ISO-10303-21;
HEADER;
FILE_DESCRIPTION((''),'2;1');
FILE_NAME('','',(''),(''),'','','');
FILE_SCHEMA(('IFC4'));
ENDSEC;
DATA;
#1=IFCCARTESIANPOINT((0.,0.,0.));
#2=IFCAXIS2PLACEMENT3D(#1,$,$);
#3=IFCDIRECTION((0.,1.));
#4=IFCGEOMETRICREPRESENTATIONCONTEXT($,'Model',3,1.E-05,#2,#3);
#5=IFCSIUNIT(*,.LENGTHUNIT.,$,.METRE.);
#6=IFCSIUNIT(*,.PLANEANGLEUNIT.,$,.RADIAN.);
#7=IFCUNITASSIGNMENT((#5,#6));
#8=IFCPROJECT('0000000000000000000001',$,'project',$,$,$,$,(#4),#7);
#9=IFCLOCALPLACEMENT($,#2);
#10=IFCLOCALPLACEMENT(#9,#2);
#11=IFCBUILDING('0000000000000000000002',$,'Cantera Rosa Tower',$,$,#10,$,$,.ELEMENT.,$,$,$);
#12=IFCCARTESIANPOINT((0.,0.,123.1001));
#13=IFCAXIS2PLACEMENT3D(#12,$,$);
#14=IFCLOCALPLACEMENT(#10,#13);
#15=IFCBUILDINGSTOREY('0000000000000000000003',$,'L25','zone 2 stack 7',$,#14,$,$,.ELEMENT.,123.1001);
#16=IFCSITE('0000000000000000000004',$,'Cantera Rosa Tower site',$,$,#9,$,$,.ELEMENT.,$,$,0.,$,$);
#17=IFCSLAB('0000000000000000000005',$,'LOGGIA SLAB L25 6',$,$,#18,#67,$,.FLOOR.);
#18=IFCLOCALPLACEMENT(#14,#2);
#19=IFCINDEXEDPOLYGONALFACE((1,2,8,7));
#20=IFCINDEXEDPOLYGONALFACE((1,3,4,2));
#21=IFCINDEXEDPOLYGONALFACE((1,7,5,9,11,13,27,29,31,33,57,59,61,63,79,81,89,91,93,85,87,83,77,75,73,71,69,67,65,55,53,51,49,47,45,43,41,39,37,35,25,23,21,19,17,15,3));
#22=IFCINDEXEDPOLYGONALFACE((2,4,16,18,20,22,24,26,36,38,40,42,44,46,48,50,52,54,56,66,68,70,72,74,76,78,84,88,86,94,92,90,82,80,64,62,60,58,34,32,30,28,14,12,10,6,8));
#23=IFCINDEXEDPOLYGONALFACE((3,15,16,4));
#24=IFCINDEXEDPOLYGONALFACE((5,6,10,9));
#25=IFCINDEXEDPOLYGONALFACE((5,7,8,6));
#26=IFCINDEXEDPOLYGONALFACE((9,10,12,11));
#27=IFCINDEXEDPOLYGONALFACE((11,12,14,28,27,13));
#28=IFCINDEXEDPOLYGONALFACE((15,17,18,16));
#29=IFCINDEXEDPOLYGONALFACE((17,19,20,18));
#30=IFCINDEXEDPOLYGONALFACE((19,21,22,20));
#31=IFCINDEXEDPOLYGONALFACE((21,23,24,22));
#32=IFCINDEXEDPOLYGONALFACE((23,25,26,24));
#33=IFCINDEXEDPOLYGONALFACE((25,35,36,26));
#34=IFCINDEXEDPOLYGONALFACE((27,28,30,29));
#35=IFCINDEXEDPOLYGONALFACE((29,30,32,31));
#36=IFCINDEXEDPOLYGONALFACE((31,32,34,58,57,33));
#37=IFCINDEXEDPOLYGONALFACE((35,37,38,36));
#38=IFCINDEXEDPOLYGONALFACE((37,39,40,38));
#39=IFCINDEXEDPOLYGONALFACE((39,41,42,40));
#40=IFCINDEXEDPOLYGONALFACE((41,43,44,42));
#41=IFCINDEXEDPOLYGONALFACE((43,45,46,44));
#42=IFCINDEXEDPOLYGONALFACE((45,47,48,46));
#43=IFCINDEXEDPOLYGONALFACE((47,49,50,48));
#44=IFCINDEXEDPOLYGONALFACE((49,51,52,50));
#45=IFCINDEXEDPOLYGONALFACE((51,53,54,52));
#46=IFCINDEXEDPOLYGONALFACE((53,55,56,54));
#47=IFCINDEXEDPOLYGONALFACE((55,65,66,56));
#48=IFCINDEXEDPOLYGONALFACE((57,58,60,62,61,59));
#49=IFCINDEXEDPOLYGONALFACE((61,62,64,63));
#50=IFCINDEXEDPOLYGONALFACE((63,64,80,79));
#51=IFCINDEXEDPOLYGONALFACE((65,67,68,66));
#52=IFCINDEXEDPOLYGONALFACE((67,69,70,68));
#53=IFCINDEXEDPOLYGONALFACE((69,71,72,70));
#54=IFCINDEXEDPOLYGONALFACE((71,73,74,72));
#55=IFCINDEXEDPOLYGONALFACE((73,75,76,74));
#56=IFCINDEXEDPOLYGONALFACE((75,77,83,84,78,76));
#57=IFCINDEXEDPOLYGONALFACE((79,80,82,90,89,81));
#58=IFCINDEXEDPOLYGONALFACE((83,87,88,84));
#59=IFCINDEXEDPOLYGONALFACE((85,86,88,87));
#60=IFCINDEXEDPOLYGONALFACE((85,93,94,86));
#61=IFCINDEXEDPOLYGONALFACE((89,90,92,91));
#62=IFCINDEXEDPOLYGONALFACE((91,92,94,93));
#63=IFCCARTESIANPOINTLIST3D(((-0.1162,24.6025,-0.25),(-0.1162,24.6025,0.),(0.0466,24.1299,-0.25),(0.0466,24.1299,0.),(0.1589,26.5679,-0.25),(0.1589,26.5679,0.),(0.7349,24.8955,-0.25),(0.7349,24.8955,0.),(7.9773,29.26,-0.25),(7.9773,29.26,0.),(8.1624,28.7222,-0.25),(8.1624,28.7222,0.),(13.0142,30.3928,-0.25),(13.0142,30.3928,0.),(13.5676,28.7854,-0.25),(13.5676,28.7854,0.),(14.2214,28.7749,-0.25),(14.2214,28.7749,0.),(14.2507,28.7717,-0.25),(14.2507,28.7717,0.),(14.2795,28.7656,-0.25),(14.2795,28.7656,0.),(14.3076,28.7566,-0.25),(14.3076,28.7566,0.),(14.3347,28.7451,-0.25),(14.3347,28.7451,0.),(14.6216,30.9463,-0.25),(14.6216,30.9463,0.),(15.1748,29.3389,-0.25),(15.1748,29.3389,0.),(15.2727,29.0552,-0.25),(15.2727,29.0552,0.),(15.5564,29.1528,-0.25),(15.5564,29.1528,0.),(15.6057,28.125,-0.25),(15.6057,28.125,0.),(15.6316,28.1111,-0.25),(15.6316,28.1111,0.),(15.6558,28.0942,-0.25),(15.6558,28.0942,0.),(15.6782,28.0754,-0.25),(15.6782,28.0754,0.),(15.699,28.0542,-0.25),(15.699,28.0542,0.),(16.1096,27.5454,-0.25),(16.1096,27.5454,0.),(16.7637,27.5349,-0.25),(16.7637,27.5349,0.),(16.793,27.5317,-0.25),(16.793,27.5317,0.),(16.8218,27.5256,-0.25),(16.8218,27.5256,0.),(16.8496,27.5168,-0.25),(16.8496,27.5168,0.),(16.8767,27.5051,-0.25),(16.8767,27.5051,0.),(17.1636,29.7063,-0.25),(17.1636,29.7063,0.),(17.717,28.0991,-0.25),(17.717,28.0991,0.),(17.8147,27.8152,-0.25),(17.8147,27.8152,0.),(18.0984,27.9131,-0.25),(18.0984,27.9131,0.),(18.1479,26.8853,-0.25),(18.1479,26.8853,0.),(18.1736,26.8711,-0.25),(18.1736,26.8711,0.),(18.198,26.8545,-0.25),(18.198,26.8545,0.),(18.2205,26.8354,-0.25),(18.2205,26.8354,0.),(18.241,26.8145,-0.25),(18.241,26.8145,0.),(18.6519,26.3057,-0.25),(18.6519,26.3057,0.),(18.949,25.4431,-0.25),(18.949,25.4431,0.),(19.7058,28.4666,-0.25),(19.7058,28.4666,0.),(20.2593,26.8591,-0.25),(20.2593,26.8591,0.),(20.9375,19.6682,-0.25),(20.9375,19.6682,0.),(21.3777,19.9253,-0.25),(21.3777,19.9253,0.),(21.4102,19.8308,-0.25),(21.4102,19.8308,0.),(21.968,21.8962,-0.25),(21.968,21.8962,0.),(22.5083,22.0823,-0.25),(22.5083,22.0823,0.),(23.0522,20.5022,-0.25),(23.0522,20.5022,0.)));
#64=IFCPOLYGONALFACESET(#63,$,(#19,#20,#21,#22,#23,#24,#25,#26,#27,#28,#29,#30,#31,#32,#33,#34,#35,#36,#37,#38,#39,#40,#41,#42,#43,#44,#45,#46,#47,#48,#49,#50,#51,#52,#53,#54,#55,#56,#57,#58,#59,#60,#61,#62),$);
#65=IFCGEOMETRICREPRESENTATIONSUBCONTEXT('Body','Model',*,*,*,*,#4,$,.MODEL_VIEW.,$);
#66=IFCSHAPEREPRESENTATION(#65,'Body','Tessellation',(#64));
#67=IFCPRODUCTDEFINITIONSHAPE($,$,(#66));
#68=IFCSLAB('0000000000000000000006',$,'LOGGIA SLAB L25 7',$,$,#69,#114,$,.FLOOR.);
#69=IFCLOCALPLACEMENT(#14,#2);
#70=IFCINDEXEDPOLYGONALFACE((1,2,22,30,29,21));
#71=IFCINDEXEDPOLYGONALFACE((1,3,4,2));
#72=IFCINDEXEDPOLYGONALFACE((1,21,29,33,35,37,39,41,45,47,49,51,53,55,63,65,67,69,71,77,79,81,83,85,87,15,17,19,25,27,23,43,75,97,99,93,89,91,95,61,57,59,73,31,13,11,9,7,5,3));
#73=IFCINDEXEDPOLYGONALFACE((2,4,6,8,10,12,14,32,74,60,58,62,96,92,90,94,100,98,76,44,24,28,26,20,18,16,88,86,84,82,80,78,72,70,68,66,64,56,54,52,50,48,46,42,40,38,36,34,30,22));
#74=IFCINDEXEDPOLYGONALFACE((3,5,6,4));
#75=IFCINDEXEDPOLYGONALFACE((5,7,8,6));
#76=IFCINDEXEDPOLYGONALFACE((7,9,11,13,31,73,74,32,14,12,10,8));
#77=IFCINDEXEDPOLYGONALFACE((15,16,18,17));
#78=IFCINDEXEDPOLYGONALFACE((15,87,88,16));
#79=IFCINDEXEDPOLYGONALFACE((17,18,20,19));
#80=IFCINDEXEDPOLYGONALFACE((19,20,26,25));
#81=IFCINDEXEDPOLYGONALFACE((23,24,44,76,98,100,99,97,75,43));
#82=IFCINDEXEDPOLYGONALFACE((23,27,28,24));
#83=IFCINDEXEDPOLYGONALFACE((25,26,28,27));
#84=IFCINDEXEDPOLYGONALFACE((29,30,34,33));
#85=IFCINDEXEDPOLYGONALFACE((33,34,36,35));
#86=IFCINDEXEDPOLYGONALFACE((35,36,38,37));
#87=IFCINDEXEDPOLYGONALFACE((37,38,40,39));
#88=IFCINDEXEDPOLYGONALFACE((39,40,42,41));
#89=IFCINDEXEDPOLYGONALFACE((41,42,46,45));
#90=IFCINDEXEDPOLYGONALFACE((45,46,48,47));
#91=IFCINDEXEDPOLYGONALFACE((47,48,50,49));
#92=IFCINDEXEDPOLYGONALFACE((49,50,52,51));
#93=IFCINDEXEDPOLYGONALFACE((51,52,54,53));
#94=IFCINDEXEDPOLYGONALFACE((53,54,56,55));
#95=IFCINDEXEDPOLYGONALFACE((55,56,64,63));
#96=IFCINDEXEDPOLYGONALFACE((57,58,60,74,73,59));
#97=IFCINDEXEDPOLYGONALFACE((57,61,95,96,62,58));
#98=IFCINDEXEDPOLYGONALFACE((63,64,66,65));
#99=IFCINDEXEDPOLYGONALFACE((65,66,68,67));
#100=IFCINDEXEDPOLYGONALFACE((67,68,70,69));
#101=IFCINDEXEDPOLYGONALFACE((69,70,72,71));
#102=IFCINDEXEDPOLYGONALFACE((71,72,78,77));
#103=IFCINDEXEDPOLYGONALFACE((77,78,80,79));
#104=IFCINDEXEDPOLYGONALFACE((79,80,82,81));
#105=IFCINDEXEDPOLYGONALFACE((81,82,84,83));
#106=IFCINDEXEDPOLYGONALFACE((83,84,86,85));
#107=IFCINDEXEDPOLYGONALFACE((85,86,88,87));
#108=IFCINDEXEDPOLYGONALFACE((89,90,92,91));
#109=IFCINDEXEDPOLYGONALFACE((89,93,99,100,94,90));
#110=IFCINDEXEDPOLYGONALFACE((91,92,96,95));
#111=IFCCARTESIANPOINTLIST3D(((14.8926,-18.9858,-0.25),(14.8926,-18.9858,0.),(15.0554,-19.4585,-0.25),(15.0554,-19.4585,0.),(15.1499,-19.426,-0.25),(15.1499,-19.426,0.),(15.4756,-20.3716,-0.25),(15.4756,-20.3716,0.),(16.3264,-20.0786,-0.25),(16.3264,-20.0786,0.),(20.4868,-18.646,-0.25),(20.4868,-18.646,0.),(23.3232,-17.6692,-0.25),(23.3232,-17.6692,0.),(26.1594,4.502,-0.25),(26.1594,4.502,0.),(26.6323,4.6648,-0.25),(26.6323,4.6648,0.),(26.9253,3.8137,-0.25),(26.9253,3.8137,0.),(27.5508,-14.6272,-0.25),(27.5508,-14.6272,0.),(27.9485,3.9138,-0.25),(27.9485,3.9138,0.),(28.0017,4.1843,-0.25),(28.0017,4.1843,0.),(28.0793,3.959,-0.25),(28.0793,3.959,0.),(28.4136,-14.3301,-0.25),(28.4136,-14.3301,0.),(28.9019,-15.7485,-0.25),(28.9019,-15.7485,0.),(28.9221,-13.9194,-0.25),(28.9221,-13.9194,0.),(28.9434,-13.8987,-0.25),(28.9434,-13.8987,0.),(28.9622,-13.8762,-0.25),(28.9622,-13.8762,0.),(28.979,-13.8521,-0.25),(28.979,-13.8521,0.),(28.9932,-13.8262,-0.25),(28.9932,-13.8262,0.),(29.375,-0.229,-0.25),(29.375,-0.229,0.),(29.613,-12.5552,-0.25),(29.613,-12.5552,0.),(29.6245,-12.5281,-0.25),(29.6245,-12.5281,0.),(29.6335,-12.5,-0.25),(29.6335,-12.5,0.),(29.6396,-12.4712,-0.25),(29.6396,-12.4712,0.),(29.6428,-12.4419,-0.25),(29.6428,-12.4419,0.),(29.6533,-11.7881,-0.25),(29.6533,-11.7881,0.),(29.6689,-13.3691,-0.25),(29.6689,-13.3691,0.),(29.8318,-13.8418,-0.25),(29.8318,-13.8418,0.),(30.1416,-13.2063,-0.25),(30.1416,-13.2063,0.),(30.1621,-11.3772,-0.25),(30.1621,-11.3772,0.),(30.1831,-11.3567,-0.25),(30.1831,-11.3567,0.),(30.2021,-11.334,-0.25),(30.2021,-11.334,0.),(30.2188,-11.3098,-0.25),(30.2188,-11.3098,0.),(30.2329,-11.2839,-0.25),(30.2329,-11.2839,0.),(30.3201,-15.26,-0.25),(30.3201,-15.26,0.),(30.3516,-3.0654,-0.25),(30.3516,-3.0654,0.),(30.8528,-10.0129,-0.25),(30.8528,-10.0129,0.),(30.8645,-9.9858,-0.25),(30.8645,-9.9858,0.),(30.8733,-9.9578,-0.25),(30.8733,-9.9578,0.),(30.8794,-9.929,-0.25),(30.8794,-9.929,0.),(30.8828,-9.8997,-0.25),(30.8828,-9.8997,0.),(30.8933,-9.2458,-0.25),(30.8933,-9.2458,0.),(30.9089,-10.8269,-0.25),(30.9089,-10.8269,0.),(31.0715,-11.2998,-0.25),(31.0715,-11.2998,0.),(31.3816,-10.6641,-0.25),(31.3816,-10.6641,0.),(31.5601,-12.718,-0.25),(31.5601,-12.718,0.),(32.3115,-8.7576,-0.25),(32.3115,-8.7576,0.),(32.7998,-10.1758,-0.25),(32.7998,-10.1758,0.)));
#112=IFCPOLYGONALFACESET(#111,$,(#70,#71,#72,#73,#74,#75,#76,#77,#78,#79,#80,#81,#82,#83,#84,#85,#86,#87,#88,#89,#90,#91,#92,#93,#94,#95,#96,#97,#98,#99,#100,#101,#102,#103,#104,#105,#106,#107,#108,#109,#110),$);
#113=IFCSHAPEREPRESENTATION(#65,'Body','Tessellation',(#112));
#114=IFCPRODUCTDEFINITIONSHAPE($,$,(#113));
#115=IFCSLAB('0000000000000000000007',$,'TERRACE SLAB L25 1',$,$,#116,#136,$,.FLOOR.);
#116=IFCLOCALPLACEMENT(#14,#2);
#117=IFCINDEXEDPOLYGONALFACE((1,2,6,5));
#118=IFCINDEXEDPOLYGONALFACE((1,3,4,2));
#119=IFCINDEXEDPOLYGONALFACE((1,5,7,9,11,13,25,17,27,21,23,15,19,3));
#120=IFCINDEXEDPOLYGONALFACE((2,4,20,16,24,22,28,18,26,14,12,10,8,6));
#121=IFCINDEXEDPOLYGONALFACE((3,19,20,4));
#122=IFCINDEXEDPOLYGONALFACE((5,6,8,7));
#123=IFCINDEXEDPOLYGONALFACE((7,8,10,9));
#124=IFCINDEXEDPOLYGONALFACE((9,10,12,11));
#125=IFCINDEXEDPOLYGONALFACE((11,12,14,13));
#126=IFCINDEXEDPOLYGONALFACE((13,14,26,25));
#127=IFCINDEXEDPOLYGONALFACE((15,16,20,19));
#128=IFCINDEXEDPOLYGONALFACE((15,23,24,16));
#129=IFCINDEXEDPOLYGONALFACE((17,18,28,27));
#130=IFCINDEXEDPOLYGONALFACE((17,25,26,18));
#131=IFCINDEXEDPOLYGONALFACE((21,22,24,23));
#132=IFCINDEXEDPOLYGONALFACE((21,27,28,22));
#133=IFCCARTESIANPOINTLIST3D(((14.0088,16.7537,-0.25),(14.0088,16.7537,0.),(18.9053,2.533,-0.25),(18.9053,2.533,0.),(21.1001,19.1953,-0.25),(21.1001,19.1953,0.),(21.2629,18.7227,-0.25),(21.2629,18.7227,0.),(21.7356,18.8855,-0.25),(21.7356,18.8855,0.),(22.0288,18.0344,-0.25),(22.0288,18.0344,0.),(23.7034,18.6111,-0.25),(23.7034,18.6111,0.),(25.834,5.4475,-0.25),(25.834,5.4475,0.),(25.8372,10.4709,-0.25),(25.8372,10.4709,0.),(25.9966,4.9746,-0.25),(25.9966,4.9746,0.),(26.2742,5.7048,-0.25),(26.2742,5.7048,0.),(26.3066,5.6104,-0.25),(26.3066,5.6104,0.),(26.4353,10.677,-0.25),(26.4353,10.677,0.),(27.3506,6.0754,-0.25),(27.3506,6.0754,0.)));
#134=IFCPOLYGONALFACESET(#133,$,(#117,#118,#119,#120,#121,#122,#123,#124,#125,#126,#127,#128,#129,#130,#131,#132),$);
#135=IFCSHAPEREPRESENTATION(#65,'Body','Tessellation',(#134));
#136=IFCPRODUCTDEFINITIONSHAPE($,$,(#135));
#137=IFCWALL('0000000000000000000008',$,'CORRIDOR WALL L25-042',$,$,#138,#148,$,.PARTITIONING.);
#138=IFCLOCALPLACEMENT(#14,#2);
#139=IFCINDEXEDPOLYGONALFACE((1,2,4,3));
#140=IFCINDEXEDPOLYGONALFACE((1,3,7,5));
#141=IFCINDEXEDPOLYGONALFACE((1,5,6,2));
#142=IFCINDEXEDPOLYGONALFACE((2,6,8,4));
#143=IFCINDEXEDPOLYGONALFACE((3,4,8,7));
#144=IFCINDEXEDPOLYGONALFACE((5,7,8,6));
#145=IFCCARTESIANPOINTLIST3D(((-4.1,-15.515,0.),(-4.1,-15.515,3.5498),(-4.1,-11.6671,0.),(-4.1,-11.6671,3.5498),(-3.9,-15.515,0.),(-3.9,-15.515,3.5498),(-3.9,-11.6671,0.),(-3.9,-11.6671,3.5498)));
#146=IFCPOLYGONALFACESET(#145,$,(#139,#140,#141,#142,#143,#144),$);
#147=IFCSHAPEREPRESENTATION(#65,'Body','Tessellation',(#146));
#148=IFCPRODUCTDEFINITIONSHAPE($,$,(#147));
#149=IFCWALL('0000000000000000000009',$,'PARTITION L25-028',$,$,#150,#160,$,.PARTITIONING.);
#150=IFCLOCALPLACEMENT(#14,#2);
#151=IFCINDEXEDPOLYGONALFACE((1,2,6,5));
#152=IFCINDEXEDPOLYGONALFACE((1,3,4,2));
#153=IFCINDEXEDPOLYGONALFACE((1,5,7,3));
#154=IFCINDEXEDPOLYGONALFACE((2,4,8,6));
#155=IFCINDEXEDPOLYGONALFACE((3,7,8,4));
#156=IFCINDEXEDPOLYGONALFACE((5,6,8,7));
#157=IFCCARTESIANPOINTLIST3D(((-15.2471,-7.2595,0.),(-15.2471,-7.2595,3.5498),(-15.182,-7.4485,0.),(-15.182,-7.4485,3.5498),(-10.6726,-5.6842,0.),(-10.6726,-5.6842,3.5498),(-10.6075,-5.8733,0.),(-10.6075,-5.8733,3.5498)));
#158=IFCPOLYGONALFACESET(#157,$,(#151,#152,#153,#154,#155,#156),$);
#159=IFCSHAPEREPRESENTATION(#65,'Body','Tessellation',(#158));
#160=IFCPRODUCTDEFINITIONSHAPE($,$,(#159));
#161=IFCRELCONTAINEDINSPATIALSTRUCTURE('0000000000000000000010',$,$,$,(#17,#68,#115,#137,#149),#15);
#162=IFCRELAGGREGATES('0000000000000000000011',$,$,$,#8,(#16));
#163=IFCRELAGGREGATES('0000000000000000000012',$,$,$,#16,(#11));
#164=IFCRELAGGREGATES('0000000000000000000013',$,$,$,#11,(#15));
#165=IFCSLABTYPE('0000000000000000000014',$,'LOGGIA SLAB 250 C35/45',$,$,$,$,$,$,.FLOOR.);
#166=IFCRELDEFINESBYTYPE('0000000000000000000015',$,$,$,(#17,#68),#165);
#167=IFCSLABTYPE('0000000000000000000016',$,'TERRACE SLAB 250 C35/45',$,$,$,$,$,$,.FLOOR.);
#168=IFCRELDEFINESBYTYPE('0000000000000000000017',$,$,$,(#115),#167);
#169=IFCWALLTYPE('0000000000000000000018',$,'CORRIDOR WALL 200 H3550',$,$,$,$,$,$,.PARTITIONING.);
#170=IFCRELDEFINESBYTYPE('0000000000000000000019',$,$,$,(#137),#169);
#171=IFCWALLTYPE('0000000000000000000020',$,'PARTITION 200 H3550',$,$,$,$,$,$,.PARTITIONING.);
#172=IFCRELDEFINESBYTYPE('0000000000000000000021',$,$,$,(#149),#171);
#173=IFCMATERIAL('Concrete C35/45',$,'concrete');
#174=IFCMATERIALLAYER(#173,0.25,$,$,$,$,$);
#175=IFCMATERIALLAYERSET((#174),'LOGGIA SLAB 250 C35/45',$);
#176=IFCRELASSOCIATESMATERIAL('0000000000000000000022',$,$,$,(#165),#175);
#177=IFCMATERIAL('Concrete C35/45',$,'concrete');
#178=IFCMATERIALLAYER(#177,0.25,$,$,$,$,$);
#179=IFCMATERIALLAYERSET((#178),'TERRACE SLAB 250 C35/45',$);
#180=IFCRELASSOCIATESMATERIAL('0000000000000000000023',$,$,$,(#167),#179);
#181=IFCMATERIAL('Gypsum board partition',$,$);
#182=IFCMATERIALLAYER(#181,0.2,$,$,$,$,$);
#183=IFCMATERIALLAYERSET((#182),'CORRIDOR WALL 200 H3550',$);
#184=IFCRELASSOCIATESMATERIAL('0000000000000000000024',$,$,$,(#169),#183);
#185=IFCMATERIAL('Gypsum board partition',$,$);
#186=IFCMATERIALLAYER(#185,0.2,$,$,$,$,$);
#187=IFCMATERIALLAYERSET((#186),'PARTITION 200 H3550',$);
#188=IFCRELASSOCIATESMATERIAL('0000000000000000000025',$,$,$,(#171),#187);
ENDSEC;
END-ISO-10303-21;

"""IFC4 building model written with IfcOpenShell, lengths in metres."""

from ifc_helpers import new_model, si_unit, direction, frame, frame_2d, origin, place, context, subcontext, project, spatial, polyline, rectangle, outline, extrude, material, layer, layer_set, type_object, element, save


model = new_model("IFC4")

# Units and contexts
model_context = context("Model", 3, precision=1e-05, world=origin(), true_north=direction((0.0, 1.0)))
body_context = subcontext(model_context, "Body", "Model", "MODEL_VIEW")
ifc_project = project(units=[si_unit("LENGTHUNIT", "METRE"), si_unit("PLANEANGLEUNIT", "RADIAN")], contexts=[model_context])

# Site, building, storey
site_placement = place(None, origin())
site = spatial("IfcSite", under=ifc_project, at=site_placement, Name="Cantera Rosa Tower site", CompositionType="ELEMENT", RefElevation=0.0)
building_placement = place(site_placement, origin())
building = spatial("IfcBuilding", under=site, at=building_placement, Name="Cantera Rosa Tower", CompositionType="ELEMENT")
storey_placement = place(building_placement, frame((0.0, 0.0, 123.1001)))
storey = spatial("IfcBuildingStorey", under=building, at=storey_placement, Name="L25", Description="zone 2 stack 7", CompositionType="ELEMENT", Elevation=123.1001)

# Slabs
ifc_material_1 = material(Name="Concrete C35/45", Category="concrete")
ifc_layer_1 = layer(ifc_material_1, 0.25)
ifc_layer_set_1 = layer_set([ifc_layer_1], Name="LOGGIA SLAB 250 C35/45")
slab_type_1 = type_object("IfcSlabType", Name="LOGGIA SLAB 250 C35/45", PredefinedType="FLOOR", material=ifc_layer_set_1)
slab_1_placement = place(storey_placement, frame((0.0, 0.0, -0.25)))
element("IfcSlab", 1, at=slab_1_placement, inside=storey, type_object=slab_type_1, Name="LOGGIA SLAB L25 6", PredefinedType="FLOOR", context=body_context, shape_type="SweptSolid", body=[
    extrude(outline(polyline([(15.2727, 29.0552), (15.5564, 29.1528), (17.1636, 29.7063), (17.717, 28.0991), (17.8147, 27.8152), (18.0984, 27.9131), (19.7058, 28.4666), (20.2593, 26.8591), (21.968, 21.8962), (22.5083, 22.0823), (23.0522, 20.5022), (21.3777, 19.9253), (21.4102, 19.8308), (20.9375, 19.6682), (18.949, 25.4431), (18.6519, 26.3057), (18.241, 26.8145), (18.2205, 26.8354), (18.198, 26.8545), (18.1736, 26.8711), (18.1479, 26.8853), (16.8767, 27.5051), (16.8496, 27.5168), (16.8218, 27.5256), (16.793, 27.5317), (16.7637, 27.5349), (16.1096, 27.5454), (15.699, 28.0542), (15.6782, 28.0754), (15.6558, 28.0942), (15.6316, 28.1111), (15.6057, 28.125), (14.3347, 28.7451), (14.3076, 28.7566), (14.2795, 28.7656), (14.2507, 28.7717), (14.2214, 28.7749), (13.5676, 28.7854), (0.0466, 24.1299), (-0.1162, 24.6025), (0.7349, 24.8955), (0.1589, 26.5679), (7.9773, 29.26), (8.1624, 28.7222), (13.0142, 30.3928), (14.6216, 30.9463), (15.1748, 29.3389), (15.2727, 29.0552)])), origin(), (0.0, 0.0, 1.0), 0.25),
])
slab_2_placement = place(storey_placement, frame((0.0, 0.0, -0.25)))
element("IfcSlab", 2, at=slab_2_placement, inside=storey, type_object=slab_type_1, Name="LOGGIA SLAB L25 7", PredefinedType="FLOOR", context=body_context, shape_type="SweptSolid", body=[
    extrude(outline(polyline([(32.7998, -10.1758), (31.3816, -10.6641), (30.9089, -10.8269), (31.0715, -11.2998), (31.5601, -12.718), (30.1416, -13.2063), (29.6689, -13.3691), (29.8318, -13.8418), (30.3201, -15.26), (28.9019, -15.7485), (23.3232, -17.6692), (20.4868, -18.646), (16.3264, -20.0786), (15.4756, -20.3716), (15.1499, -19.426), (15.0554, -19.4585), (14.8926, -18.9858), (27.5508, -14.6272), (28.4136, -14.3301), (28.9221, -13.9194), (28.9434, -13.8987), (28.9622, -13.8762), (28.979, -13.8521), (28.9932, -13.8262), (29.613, -12.5552), (29.6245, -12.5281), (29.6335, -12.5), (29.6396, -12.4712), (29.6428, -12.4419), (29.6533, -11.7881), (30.1621, -11.3772), (30.1831, -11.3567), (30.2021, -11.334), (30.2188, -11.3098), (30.2329, -11.2839), (30.8528, -10.0129), (30.8645, -9.9858), (30.8733, -9.9578), (30.8794, -9.929), (30.8828, -9.8997), (30.8933, -9.2458), (26.1594, 4.502), (26.6323, 4.6648), (26.9253, 3.8137), (28.0017, 4.1843), (28.0793, 3.959), (27.9485, 3.9138), (29.375, -0.229), (30.3516, -3.0654), (32.3115, -8.7576), (32.7998, -10.1758)])), origin(), (0.0, 0.0, 1.0), 0.25),
])
ifc_material_2 = material(Name="Concrete C35/45", Category="concrete")
ifc_layer_2 = layer(ifc_material_2, 0.25)
ifc_layer_set_2 = layer_set([ifc_layer_2], Name="TERRACE SLAB 250 C35/45")
slab_type_2 = type_object("IfcSlabType", Name="TERRACE SLAB 250 C35/45", PredefinedType="FLOOR", material=ifc_layer_set_2)
slab_3_placement = place(storey_placement, frame((0.0, 0.0, -0.25)))
element("IfcSlab", 3, at=slab_3_placement, inside=storey, type_object=slab_type_2, Name="TERRACE SLAB L25 1", PredefinedType="FLOOR", context=body_context, shape_type="SweptSolid", body=[
    extrude(outline(polyline([(21.2629, 18.7227), (21.7356, 18.8855), (22.0288, 18.0344), (23.7034, 18.6111), (26.4353, 10.677), (25.8372, 10.4709), (27.3506, 6.0754), (26.2742, 5.7048), (26.3066, 5.6104), (25.834, 5.4475), (25.9966, 4.9746), (18.9053, 2.533), (14.0088, 16.7537), (21.1001, 19.1953), (21.2629, 18.7227)])), origin(), (0.0, 0.0, 1.0), 0.25),
])

# Walls
ifc_material_3 = material(Name="Gypsum board partition")
ifc_layer_3 = layer(ifc_material_3, 0.2)
ifc_layer_set_3 = layer_set([ifc_layer_3], Name="CORRIDOR WALL 200 H3550")
wall_type_1 = type_object("IfcWallType", Name="CORRIDOR WALL 200 H3550", PredefinedType="PARTITIONING", material=ifc_layer_set_3)
wall_1_placement = place(storey_placement, frame((-4.0, -11.6672, 0.0), z_axis=(0.0, 0.0, 1.0), x_axis=(0.0, -1.0, 0.0)))
element("IfcWall", 4, at=wall_1_placement, inside=storey, type_object=wall_type_1, Name="CORRIDOR WALL L25-042", PredefinedType="PARTITIONING", context=body_context, shape_type="SweptSolid", body=[
    extrude(rectangle(XDim=3.8479, YDim=0.2, at=frame_2d((1.9238, 0.0))), origin(), (0.0, 0.0, 1.0), 3.5498),
])
ifc_material_4 = material(Name="Gypsum board partition")
ifc_layer_4 = layer(ifc_material_4, 0.2)
ifc_layer_set_4 = layer_set([ifc_layer_4], Name="PARTITION 200 H3550")
wall_type_2 = type_object("IfcWallType", Name="PARTITION 200 H3550", PredefinedType="PARTITIONING", material=ifc_layer_set_4)
wall_2_placement = place(storey_placement, frame((-10.6401, -5.7788, 0.0), z_axis=(0.0, 0.0, 1.0), x_axis=(-0.945513, -0.325583, 0.0)))
element("IfcWall", 5, at=wall_2_placement, inside=storey, type_object=wall_type_2, Name="PARTITION L25-028", PredefinedType="PARTITIONING", context=body_context, shape_type="SweptSolid", body=[
    extrude(rectangle(XDim=4.8381, YDim=0.2, at=frame_2d((2.4189, 0.0))), origin(), (0.0, 0.0, 1.0), 3.5498),
])

save(model, "model.ifc")
